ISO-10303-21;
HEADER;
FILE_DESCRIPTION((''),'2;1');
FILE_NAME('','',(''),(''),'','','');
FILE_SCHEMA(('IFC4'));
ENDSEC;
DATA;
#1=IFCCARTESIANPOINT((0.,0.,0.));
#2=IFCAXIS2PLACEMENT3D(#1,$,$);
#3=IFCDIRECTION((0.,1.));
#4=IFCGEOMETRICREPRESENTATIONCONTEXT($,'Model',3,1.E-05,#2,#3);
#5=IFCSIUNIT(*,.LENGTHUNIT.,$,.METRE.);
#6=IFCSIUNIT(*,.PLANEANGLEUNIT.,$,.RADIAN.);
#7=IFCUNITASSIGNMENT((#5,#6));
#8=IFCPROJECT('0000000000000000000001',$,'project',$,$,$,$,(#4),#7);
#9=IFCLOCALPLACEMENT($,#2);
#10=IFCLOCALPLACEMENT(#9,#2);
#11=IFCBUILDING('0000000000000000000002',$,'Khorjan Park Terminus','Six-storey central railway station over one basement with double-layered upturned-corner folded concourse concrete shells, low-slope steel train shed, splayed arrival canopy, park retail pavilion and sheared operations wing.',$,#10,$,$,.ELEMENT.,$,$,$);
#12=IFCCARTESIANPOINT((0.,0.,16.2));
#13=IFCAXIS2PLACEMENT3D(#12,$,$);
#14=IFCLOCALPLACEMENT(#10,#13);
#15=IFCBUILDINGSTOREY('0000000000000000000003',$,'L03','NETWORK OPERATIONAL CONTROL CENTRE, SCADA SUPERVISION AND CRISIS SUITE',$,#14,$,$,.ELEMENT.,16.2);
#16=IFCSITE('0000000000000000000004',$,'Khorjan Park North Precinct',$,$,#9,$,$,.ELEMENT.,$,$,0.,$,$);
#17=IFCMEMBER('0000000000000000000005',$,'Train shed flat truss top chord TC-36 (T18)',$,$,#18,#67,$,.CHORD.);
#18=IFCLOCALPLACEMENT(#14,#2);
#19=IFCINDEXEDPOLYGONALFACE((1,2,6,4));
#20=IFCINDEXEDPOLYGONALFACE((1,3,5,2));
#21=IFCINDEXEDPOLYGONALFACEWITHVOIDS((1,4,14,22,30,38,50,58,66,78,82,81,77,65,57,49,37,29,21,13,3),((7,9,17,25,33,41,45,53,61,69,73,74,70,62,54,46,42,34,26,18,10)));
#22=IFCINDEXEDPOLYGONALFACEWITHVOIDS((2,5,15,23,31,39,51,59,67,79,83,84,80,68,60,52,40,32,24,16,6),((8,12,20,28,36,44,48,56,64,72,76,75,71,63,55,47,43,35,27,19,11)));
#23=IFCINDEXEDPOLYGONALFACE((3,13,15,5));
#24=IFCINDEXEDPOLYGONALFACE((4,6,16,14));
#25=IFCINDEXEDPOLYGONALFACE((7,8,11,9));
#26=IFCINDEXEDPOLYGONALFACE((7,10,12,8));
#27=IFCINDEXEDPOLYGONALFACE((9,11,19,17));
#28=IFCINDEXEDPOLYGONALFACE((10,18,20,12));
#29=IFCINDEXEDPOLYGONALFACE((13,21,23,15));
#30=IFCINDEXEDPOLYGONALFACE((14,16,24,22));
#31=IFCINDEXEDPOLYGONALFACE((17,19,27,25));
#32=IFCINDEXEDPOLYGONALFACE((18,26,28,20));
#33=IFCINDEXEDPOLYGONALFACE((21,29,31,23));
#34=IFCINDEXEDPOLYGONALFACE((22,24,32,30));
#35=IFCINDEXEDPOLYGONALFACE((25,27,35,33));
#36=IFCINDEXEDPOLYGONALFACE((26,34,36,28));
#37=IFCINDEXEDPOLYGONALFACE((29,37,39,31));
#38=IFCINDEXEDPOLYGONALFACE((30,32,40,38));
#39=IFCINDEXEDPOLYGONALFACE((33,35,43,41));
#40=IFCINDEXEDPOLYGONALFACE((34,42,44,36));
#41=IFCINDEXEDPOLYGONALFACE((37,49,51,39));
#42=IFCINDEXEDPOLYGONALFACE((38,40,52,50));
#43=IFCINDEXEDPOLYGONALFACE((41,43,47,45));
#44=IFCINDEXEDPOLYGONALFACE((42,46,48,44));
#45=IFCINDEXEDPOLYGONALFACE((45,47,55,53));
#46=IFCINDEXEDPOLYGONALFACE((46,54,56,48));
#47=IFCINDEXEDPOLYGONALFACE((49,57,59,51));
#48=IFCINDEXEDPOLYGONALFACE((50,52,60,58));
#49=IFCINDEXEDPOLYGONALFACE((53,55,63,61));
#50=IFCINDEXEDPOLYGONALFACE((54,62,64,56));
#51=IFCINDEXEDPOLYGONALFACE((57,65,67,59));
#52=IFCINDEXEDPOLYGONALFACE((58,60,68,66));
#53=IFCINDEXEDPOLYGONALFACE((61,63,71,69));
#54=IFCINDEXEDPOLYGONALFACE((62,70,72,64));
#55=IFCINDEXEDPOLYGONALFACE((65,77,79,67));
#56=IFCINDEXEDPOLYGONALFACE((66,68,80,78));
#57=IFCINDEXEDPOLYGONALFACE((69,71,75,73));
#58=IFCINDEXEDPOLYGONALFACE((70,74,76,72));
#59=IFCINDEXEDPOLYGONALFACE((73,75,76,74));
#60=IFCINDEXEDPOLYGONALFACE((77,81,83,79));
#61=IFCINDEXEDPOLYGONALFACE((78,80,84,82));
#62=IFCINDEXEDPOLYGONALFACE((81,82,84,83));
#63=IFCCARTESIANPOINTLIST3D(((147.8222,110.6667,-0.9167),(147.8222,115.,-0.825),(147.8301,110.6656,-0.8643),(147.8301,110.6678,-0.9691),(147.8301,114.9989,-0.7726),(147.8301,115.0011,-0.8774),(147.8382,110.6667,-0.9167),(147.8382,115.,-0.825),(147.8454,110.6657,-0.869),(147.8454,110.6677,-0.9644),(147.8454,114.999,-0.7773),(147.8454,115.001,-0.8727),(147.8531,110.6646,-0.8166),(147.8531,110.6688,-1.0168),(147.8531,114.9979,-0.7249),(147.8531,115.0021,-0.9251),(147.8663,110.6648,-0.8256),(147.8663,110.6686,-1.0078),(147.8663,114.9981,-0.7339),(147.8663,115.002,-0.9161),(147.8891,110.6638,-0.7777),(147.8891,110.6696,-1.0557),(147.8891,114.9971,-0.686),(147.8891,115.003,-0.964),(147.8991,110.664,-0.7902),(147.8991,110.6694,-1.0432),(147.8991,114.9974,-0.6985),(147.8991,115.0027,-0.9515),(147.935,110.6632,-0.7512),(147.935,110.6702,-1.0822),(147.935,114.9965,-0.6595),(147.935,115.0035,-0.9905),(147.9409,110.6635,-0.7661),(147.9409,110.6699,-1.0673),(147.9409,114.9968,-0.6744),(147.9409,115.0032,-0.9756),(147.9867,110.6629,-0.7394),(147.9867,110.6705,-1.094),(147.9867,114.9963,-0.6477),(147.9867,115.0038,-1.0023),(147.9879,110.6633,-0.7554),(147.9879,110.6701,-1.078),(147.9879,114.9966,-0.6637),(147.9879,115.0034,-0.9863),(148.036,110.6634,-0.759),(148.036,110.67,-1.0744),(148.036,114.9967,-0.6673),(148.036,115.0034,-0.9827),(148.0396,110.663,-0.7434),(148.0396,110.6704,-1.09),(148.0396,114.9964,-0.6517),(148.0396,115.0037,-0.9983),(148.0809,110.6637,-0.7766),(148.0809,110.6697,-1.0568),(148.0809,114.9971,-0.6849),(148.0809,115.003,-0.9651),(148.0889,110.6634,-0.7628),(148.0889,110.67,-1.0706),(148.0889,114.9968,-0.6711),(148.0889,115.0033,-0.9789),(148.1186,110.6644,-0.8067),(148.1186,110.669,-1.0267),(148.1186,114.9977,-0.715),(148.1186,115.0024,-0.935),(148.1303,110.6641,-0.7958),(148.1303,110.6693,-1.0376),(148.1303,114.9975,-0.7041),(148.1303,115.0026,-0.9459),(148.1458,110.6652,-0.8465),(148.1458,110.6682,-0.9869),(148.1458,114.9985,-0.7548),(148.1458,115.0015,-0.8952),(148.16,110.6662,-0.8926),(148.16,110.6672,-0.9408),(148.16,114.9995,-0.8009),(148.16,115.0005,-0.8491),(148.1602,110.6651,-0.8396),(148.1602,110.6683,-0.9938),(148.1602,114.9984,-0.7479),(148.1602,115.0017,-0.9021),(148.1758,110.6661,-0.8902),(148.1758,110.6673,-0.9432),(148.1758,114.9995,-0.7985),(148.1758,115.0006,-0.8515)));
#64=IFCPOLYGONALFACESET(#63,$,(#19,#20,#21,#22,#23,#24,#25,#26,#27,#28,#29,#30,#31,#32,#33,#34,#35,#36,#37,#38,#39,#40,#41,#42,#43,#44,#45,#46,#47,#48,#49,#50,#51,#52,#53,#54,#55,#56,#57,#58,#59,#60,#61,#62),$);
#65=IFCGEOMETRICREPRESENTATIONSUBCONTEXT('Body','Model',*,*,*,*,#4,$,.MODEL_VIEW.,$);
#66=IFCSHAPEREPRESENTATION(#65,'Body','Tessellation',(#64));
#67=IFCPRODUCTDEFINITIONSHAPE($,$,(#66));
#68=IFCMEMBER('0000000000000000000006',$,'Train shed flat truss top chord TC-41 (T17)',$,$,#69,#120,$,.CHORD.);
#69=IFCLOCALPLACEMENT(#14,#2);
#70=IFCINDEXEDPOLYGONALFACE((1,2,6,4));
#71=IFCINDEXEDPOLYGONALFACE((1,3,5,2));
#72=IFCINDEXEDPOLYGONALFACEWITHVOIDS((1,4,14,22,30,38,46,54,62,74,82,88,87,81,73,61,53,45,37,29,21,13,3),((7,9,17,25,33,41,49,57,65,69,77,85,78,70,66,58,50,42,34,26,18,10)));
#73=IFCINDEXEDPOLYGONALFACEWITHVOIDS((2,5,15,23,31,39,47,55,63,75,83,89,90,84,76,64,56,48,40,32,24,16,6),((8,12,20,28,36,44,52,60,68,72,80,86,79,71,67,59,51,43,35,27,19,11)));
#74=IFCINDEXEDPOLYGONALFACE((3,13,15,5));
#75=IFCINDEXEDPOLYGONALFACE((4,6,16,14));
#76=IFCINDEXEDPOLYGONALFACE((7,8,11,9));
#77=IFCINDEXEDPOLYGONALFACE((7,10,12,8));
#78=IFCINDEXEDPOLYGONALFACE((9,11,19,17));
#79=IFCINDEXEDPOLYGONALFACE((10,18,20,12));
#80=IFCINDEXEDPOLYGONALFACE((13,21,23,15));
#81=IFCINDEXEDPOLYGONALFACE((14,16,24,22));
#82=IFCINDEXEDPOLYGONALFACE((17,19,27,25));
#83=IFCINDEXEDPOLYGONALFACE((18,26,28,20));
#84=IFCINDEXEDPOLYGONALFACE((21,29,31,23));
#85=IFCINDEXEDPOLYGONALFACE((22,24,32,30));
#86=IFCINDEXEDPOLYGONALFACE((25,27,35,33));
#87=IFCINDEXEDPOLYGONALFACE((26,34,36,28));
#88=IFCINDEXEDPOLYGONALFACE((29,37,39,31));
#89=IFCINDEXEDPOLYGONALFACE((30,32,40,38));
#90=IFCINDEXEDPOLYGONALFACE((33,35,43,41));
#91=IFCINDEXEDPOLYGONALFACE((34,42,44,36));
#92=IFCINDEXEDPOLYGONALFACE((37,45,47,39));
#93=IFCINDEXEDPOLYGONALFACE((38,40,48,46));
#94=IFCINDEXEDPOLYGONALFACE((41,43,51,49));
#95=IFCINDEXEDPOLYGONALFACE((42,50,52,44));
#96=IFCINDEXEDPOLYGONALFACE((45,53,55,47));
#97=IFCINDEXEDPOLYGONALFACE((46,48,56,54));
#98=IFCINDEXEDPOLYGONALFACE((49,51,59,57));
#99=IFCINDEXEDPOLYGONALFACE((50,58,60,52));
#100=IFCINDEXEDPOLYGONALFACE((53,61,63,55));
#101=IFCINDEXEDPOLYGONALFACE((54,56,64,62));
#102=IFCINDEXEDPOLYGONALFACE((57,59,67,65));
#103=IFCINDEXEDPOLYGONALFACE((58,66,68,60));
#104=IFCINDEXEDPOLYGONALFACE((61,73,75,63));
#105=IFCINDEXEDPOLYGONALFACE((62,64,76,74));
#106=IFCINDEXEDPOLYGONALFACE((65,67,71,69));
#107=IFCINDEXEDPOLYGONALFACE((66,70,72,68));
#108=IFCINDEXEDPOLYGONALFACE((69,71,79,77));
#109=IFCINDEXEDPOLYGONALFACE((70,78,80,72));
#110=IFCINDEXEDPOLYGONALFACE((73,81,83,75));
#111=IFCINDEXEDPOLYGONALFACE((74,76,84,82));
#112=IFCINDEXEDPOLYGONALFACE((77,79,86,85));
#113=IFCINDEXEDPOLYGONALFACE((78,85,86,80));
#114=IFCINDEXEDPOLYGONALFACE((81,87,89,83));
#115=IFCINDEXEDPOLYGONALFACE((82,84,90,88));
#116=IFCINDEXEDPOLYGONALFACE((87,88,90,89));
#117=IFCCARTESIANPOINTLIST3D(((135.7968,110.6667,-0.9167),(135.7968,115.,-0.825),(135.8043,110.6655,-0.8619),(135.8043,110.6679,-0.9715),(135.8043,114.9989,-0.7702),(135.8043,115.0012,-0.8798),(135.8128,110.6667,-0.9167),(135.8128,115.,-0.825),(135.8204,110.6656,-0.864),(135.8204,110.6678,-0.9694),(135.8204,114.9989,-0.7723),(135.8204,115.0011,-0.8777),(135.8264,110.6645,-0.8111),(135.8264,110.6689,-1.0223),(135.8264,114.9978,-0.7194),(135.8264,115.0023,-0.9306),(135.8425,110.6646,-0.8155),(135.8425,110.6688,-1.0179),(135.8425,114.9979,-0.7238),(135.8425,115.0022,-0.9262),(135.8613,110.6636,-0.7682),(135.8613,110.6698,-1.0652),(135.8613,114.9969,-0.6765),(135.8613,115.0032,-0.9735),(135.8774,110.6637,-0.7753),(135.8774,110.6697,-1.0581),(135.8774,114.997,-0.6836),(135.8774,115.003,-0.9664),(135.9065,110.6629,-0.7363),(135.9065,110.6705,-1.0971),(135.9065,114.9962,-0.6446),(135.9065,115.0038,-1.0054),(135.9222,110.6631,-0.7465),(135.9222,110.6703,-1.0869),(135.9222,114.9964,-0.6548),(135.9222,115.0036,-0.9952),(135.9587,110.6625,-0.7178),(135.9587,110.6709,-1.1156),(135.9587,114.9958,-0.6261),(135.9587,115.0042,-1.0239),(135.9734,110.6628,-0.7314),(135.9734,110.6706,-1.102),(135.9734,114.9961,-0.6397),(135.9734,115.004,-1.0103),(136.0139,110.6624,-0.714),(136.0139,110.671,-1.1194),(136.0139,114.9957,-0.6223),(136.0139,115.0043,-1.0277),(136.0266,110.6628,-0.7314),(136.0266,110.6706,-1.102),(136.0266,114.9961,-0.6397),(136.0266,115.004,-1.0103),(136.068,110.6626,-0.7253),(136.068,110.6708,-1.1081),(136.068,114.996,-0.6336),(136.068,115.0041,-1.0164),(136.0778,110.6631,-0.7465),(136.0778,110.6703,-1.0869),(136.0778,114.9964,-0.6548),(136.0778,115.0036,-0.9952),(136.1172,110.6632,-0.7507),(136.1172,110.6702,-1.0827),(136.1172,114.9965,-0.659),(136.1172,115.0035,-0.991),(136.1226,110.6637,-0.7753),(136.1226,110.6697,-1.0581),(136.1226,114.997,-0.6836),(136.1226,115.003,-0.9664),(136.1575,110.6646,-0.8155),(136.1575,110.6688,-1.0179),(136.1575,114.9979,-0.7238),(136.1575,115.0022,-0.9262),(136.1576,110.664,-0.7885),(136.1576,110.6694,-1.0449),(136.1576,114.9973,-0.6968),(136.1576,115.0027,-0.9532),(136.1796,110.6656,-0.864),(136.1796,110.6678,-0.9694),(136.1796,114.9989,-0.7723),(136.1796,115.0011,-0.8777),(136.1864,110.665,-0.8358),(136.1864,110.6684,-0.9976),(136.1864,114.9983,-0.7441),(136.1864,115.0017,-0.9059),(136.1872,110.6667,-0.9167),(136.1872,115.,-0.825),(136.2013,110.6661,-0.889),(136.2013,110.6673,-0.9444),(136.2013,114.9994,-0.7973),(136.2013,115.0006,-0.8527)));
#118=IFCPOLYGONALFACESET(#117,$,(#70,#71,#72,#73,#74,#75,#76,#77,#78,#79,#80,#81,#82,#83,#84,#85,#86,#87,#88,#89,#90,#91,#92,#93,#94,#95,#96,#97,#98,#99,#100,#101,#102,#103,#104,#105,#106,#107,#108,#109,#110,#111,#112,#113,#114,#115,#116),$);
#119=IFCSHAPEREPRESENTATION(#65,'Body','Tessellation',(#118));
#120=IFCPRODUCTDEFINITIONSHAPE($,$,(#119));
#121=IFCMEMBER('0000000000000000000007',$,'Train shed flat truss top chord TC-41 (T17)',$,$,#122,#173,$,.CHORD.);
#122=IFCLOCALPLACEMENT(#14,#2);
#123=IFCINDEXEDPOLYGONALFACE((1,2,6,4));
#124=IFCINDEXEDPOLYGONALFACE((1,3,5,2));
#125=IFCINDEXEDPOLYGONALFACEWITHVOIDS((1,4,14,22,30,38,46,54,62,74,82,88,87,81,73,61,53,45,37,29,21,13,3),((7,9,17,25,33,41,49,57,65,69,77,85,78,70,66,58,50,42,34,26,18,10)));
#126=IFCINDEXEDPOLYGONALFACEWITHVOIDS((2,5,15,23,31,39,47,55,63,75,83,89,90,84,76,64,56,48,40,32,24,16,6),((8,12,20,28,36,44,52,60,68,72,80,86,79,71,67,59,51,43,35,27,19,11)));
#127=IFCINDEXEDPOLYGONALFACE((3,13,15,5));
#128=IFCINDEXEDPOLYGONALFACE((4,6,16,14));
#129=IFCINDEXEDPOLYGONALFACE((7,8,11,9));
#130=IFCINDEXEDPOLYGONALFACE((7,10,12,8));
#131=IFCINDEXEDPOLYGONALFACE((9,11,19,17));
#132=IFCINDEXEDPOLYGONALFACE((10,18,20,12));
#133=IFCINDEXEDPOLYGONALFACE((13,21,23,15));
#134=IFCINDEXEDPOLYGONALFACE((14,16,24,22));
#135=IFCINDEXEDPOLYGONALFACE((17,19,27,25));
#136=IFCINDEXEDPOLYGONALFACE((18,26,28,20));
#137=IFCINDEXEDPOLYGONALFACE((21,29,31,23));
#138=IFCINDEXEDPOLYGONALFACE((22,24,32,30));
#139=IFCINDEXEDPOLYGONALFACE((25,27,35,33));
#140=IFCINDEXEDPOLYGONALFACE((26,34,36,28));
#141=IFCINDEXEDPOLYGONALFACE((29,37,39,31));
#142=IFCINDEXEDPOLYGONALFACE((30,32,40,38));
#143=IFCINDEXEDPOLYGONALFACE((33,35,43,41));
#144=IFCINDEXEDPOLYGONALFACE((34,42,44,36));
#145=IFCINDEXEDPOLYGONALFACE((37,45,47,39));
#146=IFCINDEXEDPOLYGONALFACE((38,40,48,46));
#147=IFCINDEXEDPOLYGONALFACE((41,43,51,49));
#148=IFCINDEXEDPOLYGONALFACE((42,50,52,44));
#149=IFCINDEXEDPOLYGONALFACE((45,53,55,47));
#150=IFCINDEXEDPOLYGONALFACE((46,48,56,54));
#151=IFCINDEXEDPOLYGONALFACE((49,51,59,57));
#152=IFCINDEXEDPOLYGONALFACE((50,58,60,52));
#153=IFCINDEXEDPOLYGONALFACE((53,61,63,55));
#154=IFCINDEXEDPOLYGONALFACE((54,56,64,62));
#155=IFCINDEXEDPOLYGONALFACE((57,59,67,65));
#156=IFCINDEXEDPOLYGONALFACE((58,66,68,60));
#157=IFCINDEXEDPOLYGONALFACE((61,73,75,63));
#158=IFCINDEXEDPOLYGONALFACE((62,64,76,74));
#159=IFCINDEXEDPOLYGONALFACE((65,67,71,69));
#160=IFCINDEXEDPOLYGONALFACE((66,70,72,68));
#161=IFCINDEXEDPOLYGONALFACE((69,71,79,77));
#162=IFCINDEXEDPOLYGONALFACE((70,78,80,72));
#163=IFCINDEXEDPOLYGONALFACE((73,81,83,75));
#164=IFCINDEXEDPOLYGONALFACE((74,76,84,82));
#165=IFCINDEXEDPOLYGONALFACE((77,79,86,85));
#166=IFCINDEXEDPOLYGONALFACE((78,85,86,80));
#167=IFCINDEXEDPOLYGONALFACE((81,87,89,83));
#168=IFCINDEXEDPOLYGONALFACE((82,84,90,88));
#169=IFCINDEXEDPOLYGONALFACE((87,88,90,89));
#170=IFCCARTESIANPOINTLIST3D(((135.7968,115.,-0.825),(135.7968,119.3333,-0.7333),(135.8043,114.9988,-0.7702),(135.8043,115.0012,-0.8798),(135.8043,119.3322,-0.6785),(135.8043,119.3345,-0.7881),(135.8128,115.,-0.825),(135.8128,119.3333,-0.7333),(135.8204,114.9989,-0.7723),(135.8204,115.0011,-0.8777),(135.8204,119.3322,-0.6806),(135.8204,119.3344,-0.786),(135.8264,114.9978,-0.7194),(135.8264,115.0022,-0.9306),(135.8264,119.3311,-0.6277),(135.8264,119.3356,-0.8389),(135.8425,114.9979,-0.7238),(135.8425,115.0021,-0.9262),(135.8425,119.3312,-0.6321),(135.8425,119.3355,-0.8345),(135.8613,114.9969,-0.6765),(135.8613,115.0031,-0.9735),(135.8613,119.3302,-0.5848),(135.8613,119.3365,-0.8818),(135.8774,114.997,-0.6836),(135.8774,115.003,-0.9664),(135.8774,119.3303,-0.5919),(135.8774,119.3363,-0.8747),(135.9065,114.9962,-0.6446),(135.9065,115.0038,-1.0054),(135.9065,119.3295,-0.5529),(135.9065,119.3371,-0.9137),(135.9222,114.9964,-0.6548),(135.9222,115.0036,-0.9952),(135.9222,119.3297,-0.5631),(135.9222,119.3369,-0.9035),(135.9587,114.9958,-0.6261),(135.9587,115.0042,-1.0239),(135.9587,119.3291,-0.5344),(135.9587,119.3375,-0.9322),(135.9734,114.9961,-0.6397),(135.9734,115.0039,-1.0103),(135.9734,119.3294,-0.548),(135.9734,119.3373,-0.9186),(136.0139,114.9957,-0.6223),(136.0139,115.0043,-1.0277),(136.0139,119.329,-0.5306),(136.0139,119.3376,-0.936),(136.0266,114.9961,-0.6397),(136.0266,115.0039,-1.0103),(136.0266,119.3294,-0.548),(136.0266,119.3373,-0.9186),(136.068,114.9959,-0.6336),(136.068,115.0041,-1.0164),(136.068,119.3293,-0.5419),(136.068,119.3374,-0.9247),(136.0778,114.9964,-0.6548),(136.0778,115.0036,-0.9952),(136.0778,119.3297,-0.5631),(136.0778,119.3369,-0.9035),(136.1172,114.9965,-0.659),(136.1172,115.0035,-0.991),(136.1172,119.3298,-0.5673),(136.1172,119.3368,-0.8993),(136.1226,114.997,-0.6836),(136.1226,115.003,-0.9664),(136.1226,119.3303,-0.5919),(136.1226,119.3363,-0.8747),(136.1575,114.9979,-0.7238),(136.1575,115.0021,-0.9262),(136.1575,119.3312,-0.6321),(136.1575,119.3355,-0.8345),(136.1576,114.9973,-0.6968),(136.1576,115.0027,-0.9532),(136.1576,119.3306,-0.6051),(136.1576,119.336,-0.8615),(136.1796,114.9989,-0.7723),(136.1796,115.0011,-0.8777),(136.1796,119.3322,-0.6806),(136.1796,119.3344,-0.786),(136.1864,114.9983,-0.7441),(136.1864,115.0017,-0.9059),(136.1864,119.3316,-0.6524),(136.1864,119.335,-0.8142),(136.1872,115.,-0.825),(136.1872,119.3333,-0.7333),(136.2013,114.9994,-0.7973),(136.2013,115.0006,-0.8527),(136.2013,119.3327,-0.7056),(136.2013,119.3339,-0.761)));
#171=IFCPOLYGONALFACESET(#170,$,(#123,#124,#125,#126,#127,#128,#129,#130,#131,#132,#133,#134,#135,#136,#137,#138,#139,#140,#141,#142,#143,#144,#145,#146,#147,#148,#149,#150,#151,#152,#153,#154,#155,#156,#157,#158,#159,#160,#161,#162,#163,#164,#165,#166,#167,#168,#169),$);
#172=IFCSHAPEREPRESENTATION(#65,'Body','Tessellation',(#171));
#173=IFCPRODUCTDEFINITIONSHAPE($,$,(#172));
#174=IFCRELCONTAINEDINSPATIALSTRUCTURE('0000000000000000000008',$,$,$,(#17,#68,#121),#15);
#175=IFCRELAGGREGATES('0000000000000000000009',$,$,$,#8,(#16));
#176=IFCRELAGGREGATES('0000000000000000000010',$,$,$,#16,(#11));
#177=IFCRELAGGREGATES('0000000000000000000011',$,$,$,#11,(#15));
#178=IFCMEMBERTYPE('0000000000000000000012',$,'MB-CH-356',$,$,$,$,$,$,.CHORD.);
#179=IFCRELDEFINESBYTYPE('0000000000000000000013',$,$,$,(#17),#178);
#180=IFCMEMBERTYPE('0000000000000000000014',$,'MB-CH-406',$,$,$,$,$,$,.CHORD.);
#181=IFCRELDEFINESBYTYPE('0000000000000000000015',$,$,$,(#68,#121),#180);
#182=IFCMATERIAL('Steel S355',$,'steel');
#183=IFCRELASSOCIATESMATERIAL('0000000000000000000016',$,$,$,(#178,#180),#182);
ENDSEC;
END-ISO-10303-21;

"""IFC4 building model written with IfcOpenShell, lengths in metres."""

from ifc_helpers import new_model, si_unit, direction, frame, origin, origin_2d, place, context, subcontext, project, spatial, hollow_circle, extrude, material, material_profile, profile_set, type_object, element, save


model = new_model("IFC4")

# Units and contexts
model_context = context("Model", 3, precision=1e-05, world=origin(), true_north=direction((0.0, 1.0)))
body_context = subcontext(model_context, "Body", "Model", "MODEL_VIEW")
ifc_project = project(units=[si_unit("LENGTHUNIT", "METRE"), si_unit("PLANEANGLEUNIT", "RADIAN")], contexts=[model_context])

# Site, building, storey
site_placement = place(None, origin())
site = spatial("IfcSite", under=ifc_project, at=site_placement, Name="Khorjan Park North Precinct", CompositionType="ELEMENT", RefElevation=0.0)
building_placement = place(site_placement, origin())
building = spatial("IfcBuilding", under=site, at=building_placement, Name="Khorjan Park Terminus", Description="Six-storey central railway station over one basement with double-layered upturned-corner folded concourse concrete shells, low-slope steel train shed, splayed arrival canopy, park retail pavilion and sheared operations wing.", CompositionType="ELEMENT")
storey_placement = place(building_placement, frame((0.0, 0.0, 16.2)))
storey = spatial("IfcBuildingStorey", under=building, at=storey_placement, Name="L03", Description="NETWORK OPERATIONAL CONTROL CENTRE, SCADA SUPERVISION AND CRISIS SUITE", CompositionType="ELEMENT", Elevation=16.2)

# Members
ifc_material = material(Name="Steel S355", Category="steel")
ifc_material_profile_1 = material_profile(ifc_material, hollow_circle(Radius=0.1778, WallThickness=0.016, at=origin_2d()), Name="CHS 355.6x16")
ifc_profile_set_1 = profile_set([ifc_material_profile_1], Name="Steel S355")
member_type_1 = type_object("IfcMemberType", Name="MB-CH-356", PredefinedType="CHORD", material=ifc_profile_set_1)
member_1_placement = place(storey_placement, frame((148.0, 110.6667, -0.9167), z_axis=(0.0, 0.999776, 0.021157), x_axis=(-1.0, 0.0, 0.0)))
element("IfcMember", 1, at=member_1_placement, inside=storey, type_object=member_type_1, Name="Train shed flat truss top chord TC-36 (T18)", PredefinedType="CHORD", context=body_context, shape_type="SweptSolid", body=[
    extrude(hollow_circle(Radius=0.1778, WallThickness=0.016, at=origin_2d()), origin(), (0.0, 0.0, 1.0), 4.3343),
])
ifc_material_profile_2 = material_profile(ifc_material, hollow_circle(Radius=0.2032, WallThickness=0.016, at=origin_2d()), Name="CHS 406.4x16")
ifc_profile_set_2 = profile_set([ifc_material_profile_2], Name="Steel S355")
member_type_2 = type_object("IfcMemberType", Name="MB-CH-406", PredefinedType="CHORD", material=ifc_profile_set_2)
for number, where, z_axis, x_axis, name in (
    (2, (136.0, 110.6667, -0.9167), (0.0, 0.999776, 0.021157), (-1.0, 0.0, 0.0), "Train shed flat truss top chord TC-41 (T17)"),
    (3, (136.0, 115.0, -0.825), (0.0, 0.999776, 0.021157), (-1.0, 0.0, 0.0), "Train shed flat truss top chord TC-41 (T17)"),
):
    element("IfcMember", number, at=place(storey_placement, frame(where, z_axis=z_axis, x_axis=x_axis)), inside=storey, type_object=member_type_2, Name=name, PredefinedType="CHORD", context=body_context, shape_type="SweptSolid", body=[
        extrude(hollow_circle(Radius=0.2032, WallThickness=0.016, at=origin_2d()), origin(), (0.0, 0.0, 1.0), 4.3343),
    ])

save(model, "model.ifc")
